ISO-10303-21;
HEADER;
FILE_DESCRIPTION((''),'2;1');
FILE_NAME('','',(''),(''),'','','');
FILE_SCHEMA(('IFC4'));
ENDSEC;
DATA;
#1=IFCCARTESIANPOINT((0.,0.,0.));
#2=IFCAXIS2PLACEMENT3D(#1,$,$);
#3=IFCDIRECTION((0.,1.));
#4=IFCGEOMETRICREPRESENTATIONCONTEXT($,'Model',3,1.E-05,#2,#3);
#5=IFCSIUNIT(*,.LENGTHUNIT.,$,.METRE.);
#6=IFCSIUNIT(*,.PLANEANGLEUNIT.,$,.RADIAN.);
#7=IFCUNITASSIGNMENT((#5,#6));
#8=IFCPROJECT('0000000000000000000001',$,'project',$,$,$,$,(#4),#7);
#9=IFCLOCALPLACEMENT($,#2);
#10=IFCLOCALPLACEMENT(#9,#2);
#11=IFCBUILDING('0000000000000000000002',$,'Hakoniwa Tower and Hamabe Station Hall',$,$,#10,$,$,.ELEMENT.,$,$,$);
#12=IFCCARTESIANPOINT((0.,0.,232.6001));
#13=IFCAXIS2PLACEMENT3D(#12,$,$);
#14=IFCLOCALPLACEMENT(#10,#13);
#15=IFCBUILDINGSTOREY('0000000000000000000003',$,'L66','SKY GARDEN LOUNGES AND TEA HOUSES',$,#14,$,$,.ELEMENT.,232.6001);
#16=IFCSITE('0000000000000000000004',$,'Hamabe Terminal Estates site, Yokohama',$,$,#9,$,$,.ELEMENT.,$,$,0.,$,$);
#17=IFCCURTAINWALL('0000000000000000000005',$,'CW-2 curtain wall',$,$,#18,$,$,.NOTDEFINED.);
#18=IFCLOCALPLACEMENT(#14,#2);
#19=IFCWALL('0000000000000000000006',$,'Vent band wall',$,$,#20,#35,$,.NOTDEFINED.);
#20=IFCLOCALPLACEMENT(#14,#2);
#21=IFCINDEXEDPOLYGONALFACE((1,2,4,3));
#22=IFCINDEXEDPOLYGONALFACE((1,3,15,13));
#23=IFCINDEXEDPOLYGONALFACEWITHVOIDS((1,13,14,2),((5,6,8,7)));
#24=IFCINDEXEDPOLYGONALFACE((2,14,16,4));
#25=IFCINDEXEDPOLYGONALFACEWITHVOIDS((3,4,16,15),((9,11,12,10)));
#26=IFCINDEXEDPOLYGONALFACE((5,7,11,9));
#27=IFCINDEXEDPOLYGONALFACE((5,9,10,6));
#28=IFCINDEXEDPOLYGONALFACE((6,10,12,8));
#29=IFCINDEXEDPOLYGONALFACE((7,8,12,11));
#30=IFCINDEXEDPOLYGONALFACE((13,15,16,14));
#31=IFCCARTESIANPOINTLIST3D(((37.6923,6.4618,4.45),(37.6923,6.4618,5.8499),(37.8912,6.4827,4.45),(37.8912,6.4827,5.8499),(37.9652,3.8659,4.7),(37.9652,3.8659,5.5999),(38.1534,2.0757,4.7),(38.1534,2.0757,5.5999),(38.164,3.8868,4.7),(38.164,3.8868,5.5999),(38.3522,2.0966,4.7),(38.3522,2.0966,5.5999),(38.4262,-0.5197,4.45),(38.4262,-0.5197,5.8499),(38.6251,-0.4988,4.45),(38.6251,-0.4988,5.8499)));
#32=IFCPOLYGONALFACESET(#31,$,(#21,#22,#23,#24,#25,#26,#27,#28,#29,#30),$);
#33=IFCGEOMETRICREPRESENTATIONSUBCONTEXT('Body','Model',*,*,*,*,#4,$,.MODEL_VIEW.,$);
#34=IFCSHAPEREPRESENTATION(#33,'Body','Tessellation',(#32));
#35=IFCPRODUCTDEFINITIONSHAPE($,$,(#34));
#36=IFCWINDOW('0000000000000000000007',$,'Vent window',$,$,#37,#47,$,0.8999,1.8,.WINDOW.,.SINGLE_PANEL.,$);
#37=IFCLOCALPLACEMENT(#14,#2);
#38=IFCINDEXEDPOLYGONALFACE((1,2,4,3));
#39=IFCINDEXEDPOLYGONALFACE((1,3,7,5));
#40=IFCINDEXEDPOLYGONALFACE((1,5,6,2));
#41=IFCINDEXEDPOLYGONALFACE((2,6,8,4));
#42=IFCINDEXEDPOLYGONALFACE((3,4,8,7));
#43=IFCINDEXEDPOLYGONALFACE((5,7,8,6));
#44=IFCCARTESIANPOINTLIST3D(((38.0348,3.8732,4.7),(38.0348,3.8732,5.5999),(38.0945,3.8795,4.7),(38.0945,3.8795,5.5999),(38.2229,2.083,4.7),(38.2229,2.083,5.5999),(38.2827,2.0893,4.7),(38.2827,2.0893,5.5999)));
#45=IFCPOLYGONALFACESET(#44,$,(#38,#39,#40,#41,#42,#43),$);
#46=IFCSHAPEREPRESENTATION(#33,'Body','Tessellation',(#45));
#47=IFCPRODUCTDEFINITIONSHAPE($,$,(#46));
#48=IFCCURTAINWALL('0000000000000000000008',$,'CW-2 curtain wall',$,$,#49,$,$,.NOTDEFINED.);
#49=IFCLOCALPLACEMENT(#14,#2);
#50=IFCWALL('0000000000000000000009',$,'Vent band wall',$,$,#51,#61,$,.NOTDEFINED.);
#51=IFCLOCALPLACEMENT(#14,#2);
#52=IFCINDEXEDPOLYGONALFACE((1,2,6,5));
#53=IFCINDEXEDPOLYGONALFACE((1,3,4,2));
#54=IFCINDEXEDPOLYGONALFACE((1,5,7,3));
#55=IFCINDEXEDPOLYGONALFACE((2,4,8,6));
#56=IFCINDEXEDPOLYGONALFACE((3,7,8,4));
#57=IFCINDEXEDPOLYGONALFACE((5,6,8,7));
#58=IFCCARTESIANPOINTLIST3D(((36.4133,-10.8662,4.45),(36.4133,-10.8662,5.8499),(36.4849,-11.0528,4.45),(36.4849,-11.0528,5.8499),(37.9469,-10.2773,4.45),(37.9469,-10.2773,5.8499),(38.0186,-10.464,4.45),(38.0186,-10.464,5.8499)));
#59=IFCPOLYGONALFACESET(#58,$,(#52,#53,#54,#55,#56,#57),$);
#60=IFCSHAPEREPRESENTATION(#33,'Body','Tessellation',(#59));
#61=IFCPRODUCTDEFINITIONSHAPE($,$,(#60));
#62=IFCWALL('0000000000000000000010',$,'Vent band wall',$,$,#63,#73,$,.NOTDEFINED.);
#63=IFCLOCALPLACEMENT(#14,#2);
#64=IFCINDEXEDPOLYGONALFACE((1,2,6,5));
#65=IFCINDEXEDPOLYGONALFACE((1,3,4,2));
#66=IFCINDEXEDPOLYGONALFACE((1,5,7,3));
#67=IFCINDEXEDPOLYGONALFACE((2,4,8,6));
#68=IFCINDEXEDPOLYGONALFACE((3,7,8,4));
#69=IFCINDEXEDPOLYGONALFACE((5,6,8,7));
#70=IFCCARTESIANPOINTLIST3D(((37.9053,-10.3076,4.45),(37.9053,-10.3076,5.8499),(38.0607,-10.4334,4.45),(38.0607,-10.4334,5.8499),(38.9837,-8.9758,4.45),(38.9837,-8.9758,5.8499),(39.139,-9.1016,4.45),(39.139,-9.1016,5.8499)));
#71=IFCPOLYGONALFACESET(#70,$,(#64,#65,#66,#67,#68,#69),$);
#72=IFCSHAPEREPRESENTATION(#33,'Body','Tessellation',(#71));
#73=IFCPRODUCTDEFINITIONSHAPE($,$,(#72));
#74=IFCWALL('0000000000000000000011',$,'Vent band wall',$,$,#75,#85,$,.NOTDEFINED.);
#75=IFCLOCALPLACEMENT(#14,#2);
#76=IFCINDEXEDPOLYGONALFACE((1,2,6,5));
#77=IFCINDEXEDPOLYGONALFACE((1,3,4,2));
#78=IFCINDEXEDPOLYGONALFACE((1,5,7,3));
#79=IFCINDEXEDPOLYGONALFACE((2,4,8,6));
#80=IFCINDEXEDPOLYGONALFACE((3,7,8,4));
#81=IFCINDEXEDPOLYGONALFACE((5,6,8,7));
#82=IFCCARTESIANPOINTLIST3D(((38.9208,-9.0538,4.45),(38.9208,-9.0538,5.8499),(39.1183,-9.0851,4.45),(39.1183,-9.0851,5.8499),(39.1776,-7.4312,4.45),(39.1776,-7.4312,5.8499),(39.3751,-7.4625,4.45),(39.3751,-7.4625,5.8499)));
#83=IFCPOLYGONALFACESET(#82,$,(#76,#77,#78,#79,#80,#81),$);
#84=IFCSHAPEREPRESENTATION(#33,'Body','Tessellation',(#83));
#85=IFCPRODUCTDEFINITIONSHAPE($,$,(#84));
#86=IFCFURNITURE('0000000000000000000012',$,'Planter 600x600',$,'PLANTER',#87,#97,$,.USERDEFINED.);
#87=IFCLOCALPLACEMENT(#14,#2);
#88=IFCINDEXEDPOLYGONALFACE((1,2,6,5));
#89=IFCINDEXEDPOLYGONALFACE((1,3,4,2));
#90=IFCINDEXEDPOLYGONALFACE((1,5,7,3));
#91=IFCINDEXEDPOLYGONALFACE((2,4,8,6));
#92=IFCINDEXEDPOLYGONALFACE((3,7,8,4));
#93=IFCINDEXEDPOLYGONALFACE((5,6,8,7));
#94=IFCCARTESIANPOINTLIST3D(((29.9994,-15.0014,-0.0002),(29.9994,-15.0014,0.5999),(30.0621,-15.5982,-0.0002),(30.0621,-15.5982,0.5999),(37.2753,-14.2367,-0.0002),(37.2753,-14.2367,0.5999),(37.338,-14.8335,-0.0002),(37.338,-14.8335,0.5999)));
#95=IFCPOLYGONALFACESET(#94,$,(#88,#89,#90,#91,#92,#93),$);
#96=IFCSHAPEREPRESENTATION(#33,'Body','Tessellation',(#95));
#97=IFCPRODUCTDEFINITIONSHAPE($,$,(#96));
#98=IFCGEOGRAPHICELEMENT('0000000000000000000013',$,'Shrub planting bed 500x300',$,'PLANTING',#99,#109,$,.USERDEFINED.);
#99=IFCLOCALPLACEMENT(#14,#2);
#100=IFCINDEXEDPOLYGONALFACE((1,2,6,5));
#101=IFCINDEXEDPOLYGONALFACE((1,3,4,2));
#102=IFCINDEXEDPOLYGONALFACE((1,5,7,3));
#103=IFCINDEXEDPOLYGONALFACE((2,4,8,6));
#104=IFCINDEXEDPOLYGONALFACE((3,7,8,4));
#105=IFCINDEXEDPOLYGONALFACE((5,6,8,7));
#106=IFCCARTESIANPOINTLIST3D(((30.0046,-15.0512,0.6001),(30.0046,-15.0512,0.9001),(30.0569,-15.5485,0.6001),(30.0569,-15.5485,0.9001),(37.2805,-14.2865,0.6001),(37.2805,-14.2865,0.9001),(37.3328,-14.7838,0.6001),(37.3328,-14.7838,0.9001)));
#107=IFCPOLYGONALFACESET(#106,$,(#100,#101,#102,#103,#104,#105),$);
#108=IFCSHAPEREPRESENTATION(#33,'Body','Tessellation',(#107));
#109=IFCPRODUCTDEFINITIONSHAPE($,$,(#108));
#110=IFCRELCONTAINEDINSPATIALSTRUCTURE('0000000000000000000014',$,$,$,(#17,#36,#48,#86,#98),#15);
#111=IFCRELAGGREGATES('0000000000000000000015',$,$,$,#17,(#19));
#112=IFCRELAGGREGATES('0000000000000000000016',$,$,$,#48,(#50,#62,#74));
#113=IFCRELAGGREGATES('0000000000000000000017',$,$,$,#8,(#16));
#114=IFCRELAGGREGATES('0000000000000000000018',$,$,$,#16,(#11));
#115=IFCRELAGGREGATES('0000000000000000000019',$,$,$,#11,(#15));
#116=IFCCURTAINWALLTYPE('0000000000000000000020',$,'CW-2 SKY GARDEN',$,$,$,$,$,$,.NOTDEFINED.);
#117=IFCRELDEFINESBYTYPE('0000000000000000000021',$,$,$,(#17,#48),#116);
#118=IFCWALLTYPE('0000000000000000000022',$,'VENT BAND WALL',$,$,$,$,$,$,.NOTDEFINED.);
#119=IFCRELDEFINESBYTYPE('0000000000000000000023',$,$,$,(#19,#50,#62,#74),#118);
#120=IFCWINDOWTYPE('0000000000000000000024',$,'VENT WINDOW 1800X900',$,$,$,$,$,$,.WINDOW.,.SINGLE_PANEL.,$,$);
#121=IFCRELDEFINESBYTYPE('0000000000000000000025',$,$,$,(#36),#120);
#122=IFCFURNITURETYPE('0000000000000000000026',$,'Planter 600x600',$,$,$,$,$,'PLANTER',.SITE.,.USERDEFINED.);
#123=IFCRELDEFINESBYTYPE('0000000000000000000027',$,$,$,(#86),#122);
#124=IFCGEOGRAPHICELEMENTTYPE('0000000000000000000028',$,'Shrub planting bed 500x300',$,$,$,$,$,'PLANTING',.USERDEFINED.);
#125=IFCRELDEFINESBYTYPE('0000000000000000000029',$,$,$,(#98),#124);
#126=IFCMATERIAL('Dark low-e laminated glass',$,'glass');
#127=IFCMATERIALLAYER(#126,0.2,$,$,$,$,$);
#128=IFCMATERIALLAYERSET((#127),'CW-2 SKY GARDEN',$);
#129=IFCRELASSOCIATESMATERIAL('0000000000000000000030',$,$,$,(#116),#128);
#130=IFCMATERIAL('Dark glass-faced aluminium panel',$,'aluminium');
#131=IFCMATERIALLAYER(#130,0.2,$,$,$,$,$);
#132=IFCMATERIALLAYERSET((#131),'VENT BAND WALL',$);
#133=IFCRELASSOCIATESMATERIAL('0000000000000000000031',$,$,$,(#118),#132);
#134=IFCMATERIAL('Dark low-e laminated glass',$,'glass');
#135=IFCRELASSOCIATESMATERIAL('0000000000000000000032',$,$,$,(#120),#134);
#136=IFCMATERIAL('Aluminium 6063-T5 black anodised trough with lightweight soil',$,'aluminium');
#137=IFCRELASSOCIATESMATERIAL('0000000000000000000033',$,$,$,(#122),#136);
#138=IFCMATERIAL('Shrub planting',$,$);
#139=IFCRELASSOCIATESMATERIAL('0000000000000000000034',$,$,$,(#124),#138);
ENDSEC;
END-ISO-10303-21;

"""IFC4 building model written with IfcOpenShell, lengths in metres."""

from ifc_helpers import new_model, si_unit, direction, frame, frame_2d, origin, origin_2d, place, context, subcontext, project, spatial, rectangle, extrude, material, layer, layer_set, type_object, element, fill, aggregate, save


model = new_model("IFC4")

# Units and contexts
model_context = context("Model", 3, precision=1e-05, world=origin(), true_north=direction((0.0, 1.0)))
body_context = subcontext(model_context, "Body", "Model", "MODEL_VIEW")
ifc_project = project(units=[si_unit("LENGTHUNIT", "METRE"), si_unit("PLANEANGLEUNIT", "RADIAN")], contexts=[model_context])

# Site, building, storey
site_placement = place(None, origin())
site = spatial("IfcSite", under=ifc_project, at=site_placement, Name="Hamabe Terminal Estates site, Yokohama", CompositionType="ELEMENT", RefElevation=0.0)
building_placement = place(site_placement, origin())
building = spatial("IfcBuilding", under=site, at=building_placement, Name="Hakoniwa Tower and Hamabe Station Hall", CompositionType="ELEMENT")
storey_placement = place(building_placement, frame((0.0, 0.0, 232.6001)))
storey = spatial("IfcBuildingStorey", under=building, at=storey_placement, Name="L66", Description="SKY GARDEN LOUNGES AND TEA HOUSES", CompositionType="ELEMENT", Elevation=232.6001)

# Curtain wall
ifc_material_1 = material(Name="Dark low-e laminated glass", Category="glass")
ifc_layer_1 = layer(ifc_material_1, 0.2)
ifc_layer_set_1 = layer_set([ifc_layer_1], Name="CW-2 SKY GARDEN")
curtain_wall_type = type_object("IfcCurtainWallType", Name="CW-2 SKY GARDEN", PredefinedType="NOTDEFINED", material=ifc_layer_set_1)
curtain_wall_1_placement = place(storey_placement, origin())
curtain_wall_1 = element("IfcCurtainWall", 1, at=curtain_wall_1_placement, inside=storey, type_object=curtain_wall_type, Name="CW-2 curtain wall", PredefinedType="NOTDEFINED")

# Wall, opening, window
ifc_material_2 = material(Name="Dark glass-faced aluminium panel", Category="aluminium")
ifc_layer_2 = layer(ifc_material_2, 0.2)
ifc_layer_set_2 = layer_set([ifc_layer_2], Name="VENT BAND WALL")
wall_type_1 = type_object("IfcWallType", Name="VENT BAND WALL", PredefinedType="NOTDEFINED", material=ifc_layer_set_2)
ifc_material_3 = material(Name="Dark low-e laminated glass", Category="glass")
window_type = type_object("IfcWindowType", Name="VENT WINDOW 1800X900", PartitioningType="SINGLE_PANEL", PredefinedType="WINDOW", material=ifc_material_3)
wall_1_placement = place(storey_placement, frame((38.5256, -0.5093, 4.45), z_axis=(0.0, 0.0, 1.0), x_axis=(-0.104544, 0.99452, 0.0)))
wall_1 = element("IfcWall", 2, at=wall_1_placement, type_object=wall_type_1, Name="Vent band wall", PredefinedType="NOTDEFINED", context=body_context, shape_type="SweptSolid", body=[
    extrude(rectangle(XDim=7.02, YDim=0.2, at=frame_2d((3.51, 0.0))), origin(), (0.0, 0.0, 1.0), 1.3999),
])
opening_1_placement = place(wall_1_placement, frame((2.6099, 0.0, 0.25)))
opening_1 = element("IfcOpeningElement", 3, at=opening_1_placement, cuts=wall_1, PredefinedType="OPENING", context=body_context, shape_type="SweptSolid", body=[
    extrude(rectangle(XDim=1.8, YDim=0.8999, at=frame_2d((0.8999, 0.45))), frame((0.0, 0.1099, 0.0), z_axis=(0.0, -1.0, 0.0), x_axis=(1.0, 0.0, 0.0)), (0.0, 0.0, 1.0), 0.22),
])
window_1_placement = place(opening_1_placement, origin())
window_1 = element("IfcWindow", 4, at=window_1_placement, inside=storey, type_object=window_type, Name="Vent window", OverallHeight=0.8999, OverallWidth=1.8, PartitioningType="SINGLE_PANEL", PredefinedType="WINDOW", context=body_context, shape_type="SweptSolid", body=[
    extrude(rectangle(XDim=1.8, YDim=0.8999, at=frame_2d((0.8999, 0.45))), frame((0.0, 0.03, 0.0), z_axis=(0.0, -1.0, 0.0), x_axis=(1.0, 0.0, 0.0)), (0.0, 0.0, 1.0), 0.0601),
])
fill(opening_1, window_1)
aggregate(curtain_wall_1, [wall_1])

# Curtain wall, walls
curtain_wall_2_placement = place(storey_placement, origin())
curtain_wall_2 = element("IfcCurtainWall", 5, at=curtain_wall_2_placement, inside=storey, type_object=curtain_wall_type, Name="CW-2 curtain wall", PredefinedType="NOTDEFINED")
wall_2_placement = place(storey_placement, frame((36.4492, -10.9595, 4.45), z_axis=(0.0, 0.0, 1.0), x_axis=(0.933552, 0.358441, 0.0)))
wall_2 = element("IfcWall", 6, at=wall_2_placement, type_object=wall_type_1, Name="Vent band wall", PredefinedType="NOTDEFINED", context=body_context, shape_type="SweptSolid", body=[
    extrude(rectangle(XDim=1.6428, YDim=0.2, at=frame_2d((0.8213, 0.0))), origin(), (0.0, 0.0, 1.0), 1.3999),
])
wall_3_placement = place(storey_placement, frame((37.9829, -10.3706, 4.45), z_axis=(0.0, 0.0, 1.0), x_axis=(0.629288, 0.777172, 0.0)))
wall_3 = element("IfcWall", 7, at=wall_3_placement, type_object=wall_type_1, Name="Vent band wall", PredefinedType="NOTDEFINED", context=body_context, shape_type="SweptSolid", body=[
    extrude(rectangle(XDim=1.7136, YDim=0.2, at=frame_2d((0.8569, 0.0))), origin(), (0.0, 0.0, 1.0), 1.3999),
])
wall_4_placement = place(storey_placement, frame((39.0195, -9.0693, 4.45), z_axis=(0.0, 0.0, 1.0), x_axis=(0.156344, 0.987703, 0.0)))
wall_4 = element("IfcWall", 8, at=wall_4_placement, type_object=wall_type_1, Name="Vent band wall", PredefinedType="NOTDEFINED", context=body_context, shape_type="SweptSolid", body=[
    extrude(rectangle(XDim=1.6428, YDim=0.2, at=frame_2d((0.8213, 0.0))), origin(), (0.0, 0.0, 1.0), 1.3999),
])
aggregate(curtain_wall_2, [wall_2, wall_3, wall_4])

# Furniture
ifc_material_4 = material(Name="Aluminium 6063-T5 black anodised trough with lightweight soil", Category="aluminium")
furniture_type = type_object("IfcFurnitureType", Name="Planter 600x600", ElementType="PLANTER", AssemblyPlace="SITE", PredefinedType="USERDEFINED", material=ifc_material_4)
furniture_placement = place(storey_placement, frame((33.6687, -14.9175, -0.0002), z_axis=(0.0, 0.0, 1.0), x_axis=(0.994522, 0.104528, 0.0)))
element("IfcFurniture", 9, at=furniture_placement, inside=storey, type_object=furniture_type, Name="Planter 600x600", ObjectType="PLANTER", PredefinedType="USERDEFINED", context=body_context, shape_type="SweptSolid", body=[
    extrude(rectangle(XDim=7.3159, YDim=0.6001, at=origin_2d()), origin(), (0.0, 0.0, 1.0), 0.6001),
])

# Geographic element
ifc_material_5 = material(Name="Shrub planting")
geographic_element_type = type_object("IfcGeographicElementType", Name="Shrub planting bed 500x300", ElementType="PLANTING", PredefinedType="USERDEFINED", material=ifc_material_5)
geographic_element_placement = place(storey_placement, frame((33.6687, -14.9175, 0.6001), z_axis=(0.0, 0.0, 1.0), x_axis=(0.994522, 0.104528, 0.0)))
element("IfcGeographicElement", 10, at=geographic_element_placement, inside=storey, type_object=geographic_element_type, Name="Shrub planting bed 500x300", ObjectType="PLANTING", PredefinedType="USERDEFINED", context=body_context, shape_type="SweptSolid", body=[
    extrude(rectangle(XDim=7.3159, YDim=0.5, at=origin_2d()), origin(), (0.0, 0.0, 1.0), 0.3),
])

save(model, "model.ifc")
